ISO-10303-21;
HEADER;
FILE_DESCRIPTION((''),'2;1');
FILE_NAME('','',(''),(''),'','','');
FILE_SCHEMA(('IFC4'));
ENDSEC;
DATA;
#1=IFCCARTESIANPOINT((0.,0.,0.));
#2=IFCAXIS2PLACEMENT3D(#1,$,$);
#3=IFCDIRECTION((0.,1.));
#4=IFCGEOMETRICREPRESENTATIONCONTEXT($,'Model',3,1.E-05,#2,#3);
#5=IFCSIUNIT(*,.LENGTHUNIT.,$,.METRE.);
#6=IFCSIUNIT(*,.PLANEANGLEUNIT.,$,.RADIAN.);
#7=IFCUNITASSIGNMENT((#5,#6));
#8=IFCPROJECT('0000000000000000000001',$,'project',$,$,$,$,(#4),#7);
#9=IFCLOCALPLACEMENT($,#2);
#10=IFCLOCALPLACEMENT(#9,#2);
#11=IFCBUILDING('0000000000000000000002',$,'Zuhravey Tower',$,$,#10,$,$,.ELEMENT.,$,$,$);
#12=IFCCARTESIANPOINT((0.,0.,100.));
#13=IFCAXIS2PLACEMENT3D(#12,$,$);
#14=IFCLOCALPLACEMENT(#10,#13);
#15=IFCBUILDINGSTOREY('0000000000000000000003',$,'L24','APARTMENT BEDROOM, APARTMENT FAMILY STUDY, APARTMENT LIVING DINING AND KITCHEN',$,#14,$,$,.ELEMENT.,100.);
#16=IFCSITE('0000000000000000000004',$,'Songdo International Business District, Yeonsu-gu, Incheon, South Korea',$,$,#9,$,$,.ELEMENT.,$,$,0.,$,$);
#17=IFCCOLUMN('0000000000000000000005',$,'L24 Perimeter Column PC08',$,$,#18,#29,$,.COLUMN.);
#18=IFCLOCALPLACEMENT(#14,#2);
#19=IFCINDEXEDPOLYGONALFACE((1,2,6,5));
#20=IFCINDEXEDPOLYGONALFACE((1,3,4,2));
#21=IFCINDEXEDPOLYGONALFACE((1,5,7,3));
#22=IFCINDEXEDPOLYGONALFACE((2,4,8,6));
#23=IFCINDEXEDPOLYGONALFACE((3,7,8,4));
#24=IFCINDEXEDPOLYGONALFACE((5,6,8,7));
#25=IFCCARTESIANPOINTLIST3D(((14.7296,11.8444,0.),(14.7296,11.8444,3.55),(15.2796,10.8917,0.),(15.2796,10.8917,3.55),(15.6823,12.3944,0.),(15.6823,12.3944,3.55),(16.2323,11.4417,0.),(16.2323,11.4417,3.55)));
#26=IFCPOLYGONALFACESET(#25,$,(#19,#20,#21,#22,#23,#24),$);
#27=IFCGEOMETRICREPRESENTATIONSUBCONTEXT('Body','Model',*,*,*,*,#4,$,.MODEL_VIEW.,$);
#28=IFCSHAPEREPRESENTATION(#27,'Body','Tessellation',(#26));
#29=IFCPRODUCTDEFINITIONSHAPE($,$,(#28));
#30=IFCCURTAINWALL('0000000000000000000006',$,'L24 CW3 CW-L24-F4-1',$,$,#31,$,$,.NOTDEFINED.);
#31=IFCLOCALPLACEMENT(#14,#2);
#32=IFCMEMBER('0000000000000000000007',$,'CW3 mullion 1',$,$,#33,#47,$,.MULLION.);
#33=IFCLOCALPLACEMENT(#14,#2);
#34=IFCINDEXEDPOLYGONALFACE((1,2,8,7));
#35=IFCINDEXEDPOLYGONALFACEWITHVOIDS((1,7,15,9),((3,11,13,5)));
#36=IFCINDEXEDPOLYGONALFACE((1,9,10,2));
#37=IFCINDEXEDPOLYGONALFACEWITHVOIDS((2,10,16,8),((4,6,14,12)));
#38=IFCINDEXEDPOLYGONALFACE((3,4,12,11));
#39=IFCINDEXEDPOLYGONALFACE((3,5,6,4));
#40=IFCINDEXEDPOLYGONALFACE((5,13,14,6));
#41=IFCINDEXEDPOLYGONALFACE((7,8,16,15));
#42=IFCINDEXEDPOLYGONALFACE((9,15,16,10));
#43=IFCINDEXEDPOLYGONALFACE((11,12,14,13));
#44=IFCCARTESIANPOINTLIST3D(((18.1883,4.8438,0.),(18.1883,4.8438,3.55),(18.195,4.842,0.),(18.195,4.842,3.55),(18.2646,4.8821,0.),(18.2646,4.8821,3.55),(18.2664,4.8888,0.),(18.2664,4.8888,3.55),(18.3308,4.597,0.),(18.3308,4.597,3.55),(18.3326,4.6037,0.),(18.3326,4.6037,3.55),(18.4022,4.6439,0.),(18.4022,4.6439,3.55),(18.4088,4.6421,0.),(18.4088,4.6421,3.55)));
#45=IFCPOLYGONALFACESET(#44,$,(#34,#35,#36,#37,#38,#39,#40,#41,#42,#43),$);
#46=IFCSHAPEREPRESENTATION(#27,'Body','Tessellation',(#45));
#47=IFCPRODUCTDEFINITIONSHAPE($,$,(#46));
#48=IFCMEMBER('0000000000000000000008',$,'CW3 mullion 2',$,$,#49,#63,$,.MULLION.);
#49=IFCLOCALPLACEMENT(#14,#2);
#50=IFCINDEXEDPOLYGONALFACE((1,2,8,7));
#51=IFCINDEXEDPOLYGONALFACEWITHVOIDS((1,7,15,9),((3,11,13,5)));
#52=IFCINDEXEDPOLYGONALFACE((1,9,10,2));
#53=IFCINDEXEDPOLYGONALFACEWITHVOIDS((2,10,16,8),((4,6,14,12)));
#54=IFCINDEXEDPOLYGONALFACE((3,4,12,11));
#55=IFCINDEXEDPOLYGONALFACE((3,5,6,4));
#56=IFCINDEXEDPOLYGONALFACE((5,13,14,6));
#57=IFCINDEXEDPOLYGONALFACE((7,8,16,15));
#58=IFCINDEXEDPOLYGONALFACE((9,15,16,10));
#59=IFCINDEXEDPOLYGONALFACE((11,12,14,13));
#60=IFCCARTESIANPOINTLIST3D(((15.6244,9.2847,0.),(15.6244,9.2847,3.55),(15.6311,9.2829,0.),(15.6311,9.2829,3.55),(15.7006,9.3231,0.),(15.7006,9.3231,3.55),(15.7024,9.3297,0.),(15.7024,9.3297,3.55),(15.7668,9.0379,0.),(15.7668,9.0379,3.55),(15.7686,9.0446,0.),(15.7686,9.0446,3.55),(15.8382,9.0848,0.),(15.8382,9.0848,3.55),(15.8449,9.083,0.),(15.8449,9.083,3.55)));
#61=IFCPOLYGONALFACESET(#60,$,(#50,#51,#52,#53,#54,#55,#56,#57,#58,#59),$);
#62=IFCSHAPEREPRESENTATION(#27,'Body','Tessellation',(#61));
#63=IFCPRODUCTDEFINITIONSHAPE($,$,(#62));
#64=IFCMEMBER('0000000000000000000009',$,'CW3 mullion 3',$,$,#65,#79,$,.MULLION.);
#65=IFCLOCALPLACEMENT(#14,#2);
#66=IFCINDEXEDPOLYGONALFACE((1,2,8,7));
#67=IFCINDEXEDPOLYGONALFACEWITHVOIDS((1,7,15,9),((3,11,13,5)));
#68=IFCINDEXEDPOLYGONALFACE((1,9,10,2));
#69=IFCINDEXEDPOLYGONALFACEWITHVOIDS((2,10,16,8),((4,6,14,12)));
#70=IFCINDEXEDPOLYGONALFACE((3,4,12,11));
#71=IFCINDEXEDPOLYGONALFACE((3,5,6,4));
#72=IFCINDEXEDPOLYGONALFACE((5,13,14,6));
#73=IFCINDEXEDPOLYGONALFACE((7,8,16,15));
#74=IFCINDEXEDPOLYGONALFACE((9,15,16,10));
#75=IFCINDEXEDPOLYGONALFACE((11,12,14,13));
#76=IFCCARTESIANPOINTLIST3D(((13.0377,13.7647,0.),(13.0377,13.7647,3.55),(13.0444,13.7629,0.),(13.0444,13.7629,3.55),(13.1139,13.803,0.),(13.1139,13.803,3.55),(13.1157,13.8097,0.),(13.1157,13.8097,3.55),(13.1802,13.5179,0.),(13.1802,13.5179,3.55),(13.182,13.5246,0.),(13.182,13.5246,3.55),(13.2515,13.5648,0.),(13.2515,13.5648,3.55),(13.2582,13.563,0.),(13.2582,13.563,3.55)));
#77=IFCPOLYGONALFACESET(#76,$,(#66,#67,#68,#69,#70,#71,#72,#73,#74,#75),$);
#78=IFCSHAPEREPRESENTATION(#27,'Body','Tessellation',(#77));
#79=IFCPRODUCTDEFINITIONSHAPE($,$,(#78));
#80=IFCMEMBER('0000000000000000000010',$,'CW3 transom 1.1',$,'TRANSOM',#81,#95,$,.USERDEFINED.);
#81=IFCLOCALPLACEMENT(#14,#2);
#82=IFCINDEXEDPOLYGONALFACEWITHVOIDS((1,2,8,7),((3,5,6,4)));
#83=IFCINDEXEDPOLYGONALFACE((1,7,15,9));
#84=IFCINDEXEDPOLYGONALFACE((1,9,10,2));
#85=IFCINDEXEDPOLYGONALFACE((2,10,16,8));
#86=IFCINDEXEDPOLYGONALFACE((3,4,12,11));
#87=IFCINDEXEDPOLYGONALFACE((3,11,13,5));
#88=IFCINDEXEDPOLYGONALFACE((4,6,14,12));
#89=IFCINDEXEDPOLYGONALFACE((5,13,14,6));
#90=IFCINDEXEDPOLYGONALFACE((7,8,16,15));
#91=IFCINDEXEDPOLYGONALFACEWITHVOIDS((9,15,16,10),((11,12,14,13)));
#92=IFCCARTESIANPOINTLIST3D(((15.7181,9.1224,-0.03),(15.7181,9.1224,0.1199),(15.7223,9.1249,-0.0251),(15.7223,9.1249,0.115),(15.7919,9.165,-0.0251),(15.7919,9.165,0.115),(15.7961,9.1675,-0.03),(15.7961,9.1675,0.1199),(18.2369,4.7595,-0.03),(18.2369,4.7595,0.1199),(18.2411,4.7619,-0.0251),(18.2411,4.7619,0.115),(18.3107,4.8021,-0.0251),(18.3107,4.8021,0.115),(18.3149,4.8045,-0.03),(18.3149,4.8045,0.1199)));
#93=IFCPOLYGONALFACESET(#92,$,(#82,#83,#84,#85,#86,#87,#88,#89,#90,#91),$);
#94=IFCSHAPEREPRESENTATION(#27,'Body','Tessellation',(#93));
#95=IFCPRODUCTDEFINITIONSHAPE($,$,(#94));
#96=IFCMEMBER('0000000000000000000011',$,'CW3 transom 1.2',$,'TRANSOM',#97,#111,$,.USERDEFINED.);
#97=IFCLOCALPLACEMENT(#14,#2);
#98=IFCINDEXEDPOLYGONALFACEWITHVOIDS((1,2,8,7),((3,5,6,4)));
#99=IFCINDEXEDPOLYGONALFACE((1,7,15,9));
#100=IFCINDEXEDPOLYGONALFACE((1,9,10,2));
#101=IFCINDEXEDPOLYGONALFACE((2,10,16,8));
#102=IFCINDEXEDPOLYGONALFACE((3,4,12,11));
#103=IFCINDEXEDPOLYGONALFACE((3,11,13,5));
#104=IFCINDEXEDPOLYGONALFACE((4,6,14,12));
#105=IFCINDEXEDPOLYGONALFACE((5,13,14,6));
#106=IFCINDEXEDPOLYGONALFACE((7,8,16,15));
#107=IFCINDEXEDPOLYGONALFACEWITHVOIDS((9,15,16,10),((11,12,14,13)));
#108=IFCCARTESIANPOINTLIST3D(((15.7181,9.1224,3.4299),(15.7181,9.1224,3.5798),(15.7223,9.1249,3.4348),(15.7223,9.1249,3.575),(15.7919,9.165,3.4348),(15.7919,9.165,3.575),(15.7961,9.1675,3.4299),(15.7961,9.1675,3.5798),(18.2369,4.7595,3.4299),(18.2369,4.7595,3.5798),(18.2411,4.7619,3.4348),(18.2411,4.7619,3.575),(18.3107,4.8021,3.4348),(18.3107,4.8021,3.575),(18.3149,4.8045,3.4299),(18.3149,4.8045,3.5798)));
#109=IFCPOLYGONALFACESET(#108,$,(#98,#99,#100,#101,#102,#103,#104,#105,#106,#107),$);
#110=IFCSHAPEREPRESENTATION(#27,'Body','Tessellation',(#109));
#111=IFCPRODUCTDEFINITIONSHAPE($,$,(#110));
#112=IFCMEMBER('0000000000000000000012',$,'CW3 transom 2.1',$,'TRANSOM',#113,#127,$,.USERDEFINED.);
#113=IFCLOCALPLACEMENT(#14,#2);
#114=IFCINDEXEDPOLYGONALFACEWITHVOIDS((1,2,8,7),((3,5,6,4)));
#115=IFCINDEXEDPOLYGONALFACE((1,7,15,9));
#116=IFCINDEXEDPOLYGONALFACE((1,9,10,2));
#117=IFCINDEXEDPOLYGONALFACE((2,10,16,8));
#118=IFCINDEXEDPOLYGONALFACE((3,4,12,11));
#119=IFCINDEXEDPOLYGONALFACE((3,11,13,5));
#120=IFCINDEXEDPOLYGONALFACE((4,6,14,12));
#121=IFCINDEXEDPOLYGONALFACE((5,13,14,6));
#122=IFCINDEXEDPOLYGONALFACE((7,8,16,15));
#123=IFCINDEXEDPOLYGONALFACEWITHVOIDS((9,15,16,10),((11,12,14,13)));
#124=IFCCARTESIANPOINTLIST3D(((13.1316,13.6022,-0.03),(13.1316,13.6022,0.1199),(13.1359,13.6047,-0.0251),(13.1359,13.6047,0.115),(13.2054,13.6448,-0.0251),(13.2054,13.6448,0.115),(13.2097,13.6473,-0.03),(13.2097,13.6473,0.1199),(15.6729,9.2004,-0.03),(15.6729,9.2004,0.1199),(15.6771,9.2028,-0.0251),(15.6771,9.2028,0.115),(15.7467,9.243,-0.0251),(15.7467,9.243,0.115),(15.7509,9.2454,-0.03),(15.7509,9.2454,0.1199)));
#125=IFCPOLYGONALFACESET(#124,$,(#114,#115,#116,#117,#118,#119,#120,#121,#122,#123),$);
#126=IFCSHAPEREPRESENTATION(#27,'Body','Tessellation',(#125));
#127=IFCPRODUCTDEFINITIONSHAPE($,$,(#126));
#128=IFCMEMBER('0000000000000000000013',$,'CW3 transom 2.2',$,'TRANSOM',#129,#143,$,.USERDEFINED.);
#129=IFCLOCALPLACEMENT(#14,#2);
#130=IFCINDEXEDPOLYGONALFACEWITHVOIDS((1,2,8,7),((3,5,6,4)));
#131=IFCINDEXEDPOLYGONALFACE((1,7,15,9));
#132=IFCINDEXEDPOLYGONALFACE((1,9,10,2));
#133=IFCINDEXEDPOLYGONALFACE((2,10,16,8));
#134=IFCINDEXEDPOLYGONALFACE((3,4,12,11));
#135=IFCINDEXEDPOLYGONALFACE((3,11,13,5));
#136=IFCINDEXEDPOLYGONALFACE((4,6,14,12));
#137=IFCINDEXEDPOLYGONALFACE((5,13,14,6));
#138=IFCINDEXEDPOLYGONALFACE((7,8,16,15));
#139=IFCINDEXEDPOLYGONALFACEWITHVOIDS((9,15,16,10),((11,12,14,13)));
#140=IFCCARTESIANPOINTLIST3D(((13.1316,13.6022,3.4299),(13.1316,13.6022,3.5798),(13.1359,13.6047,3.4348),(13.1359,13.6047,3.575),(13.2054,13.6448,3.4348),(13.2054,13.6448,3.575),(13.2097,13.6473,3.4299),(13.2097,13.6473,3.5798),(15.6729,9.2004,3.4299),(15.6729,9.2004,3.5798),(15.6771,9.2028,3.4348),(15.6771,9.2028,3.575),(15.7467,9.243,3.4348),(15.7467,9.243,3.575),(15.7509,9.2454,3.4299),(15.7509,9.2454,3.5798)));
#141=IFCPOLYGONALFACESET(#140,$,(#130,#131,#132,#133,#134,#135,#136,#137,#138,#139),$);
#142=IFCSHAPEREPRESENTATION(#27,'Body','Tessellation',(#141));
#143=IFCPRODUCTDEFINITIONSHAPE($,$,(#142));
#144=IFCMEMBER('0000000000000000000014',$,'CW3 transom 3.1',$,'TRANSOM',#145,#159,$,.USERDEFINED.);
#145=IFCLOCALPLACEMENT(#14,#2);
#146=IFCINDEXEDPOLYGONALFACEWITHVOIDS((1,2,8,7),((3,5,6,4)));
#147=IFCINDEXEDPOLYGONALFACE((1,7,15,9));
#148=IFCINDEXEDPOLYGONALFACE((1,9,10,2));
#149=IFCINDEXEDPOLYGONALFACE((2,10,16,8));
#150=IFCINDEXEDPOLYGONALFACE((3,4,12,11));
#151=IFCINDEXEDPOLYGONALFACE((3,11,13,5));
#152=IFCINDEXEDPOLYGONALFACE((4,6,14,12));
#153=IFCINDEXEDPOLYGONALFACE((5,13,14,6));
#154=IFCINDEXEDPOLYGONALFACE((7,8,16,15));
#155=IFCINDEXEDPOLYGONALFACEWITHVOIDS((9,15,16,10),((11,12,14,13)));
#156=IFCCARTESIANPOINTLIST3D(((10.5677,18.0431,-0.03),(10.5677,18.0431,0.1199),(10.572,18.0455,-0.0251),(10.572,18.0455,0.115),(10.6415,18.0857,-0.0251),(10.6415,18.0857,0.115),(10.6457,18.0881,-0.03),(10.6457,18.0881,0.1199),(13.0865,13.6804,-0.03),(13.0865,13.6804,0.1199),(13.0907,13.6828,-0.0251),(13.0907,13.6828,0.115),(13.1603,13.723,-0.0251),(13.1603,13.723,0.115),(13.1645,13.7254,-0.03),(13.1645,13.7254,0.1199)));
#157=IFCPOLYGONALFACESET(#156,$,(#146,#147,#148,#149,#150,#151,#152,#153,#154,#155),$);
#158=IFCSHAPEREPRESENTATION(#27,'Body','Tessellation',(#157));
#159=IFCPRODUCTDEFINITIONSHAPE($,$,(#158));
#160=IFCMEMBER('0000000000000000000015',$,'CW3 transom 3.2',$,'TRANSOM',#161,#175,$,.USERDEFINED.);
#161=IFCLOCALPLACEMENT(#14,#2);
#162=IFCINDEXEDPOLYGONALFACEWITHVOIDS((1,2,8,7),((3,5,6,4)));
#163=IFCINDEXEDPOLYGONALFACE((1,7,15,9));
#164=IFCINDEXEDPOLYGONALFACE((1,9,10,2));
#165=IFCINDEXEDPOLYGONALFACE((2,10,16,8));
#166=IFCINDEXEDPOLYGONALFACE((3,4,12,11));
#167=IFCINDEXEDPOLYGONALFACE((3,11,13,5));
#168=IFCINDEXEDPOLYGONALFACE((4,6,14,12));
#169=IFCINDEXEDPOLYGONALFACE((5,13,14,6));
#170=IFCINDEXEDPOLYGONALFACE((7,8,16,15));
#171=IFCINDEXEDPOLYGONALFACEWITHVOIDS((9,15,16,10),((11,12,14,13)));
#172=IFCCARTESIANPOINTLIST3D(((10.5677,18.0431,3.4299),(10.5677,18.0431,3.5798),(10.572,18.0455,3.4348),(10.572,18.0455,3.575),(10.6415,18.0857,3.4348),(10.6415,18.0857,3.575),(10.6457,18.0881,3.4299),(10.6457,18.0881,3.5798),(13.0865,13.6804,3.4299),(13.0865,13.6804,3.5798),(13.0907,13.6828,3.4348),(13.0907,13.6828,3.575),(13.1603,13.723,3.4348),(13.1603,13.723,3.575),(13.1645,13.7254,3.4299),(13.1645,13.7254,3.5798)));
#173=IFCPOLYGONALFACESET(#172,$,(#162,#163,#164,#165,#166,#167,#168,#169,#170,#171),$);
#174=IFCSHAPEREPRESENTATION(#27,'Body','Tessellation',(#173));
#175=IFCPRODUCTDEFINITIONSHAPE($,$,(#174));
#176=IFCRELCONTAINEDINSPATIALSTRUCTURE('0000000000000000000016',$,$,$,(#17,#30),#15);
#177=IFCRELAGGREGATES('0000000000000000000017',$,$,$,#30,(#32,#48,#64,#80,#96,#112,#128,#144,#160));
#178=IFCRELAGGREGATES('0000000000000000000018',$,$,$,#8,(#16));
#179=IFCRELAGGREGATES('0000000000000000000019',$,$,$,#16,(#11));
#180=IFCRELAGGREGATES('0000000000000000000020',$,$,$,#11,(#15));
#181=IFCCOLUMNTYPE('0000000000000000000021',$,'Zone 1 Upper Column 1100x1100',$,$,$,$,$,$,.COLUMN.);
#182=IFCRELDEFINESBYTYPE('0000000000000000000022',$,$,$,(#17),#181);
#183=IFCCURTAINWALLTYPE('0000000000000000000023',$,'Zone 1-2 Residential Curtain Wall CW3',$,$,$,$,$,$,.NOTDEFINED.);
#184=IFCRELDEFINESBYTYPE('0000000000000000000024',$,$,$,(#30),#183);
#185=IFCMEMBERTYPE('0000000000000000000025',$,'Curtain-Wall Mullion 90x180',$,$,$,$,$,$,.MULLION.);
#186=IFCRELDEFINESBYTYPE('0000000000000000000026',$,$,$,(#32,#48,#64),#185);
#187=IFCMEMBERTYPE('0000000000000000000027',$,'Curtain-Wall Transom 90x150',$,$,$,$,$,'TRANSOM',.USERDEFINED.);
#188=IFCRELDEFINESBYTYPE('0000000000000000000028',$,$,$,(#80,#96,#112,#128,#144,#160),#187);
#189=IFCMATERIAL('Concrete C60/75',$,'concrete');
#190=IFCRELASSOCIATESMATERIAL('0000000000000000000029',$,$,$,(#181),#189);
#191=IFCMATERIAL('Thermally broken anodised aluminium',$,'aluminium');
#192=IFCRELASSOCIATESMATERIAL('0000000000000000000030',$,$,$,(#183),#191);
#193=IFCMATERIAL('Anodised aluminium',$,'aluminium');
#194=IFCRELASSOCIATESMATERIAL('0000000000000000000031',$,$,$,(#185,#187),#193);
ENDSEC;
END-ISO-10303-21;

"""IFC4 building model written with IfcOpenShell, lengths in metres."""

from ifc_helpers import new_model, si_unit, direction, frame, origin, origin_2d, place, context, subcontext, project, spatial, rectangle, hollow_rectangle, extrude, material, material_profile, profile_set, type_object, element, aggregate, save


model = new_model("IFC4")

# Units and contexts
model_context = context("Model", 3, precision=1e-05, world=origin(), true_north=direction((0.0, 1.0)))
body_context = subcontext(model_context, "Body", "Model", "MODEL_VIEW")
ifc_project = project(units=[si_unit("LENGTHUNIT", "METRE"), si_unit("PLANEANGLEUNIT", "RADIAN")], contexts=[model_context])

# Site, building, storey
site_placement = place(None, origin())
site = spatial("IfcSite", under=ifc_project, at=site_placement, Name="Songdo International Business District, Yeonsu-gu, Incheon, South Korea", CompositionType="ELEMENT", RefElevation=0.0)
building_placement = place(site_placement, origin())
building = spatial("IfcBuilding", under=site, at=building_placement, Name="Zuhravey Tower", CompositionType="ELEMENT")
storey_placement = place(building_placement, frame((0.0, 0.0, 100.0)))
storey = spatial("IfcBuildingStorey", under=building, at=storey_placement, Name="L24", Description="APARTMENT BEDROOM, APARTMENT FAMILY STUDY, APARTMENT LIVING DINING AND KITCHEN", CompositionType="ELEMENT", Elevation=100.0)

# Column
ifc_material_1 = material(Name="Concrete C60/75", Category="concrete")
ifc_material_profile_1 = material_profile(ifc_material_1, rectangle(XDim=1.1001, YDim=1.1001, at=origin_2d()), Name="RC-1100x1100")
ifc_profile_set_1 = profile_set([ifc_material_profile_1], Name="Concrete C60/75")
column_type = type_object("IfcColumnType", Name="Zone 1 Upper Column 1100x1100", PredefinedType="COLUMN", material=ifc_profile_set_1)
column_placement = place(storey_placement, frame((15.481, 11.6431, 0.0), z_axis=(0.0, 0.0, 1.0), x_axis=(0.5, -0.866025, 0.0)))
element("IfcColumn", 1, at=column_placement, inside=storey, type_object=column_type, Name="L24 Perimeter Column PC08", PredefinedType="COLUMN", context=body_context, shape_type="SweptSolid", body=[
    extrude(rectangle(XDim=1.1001, YDim=1.1001, at=origin_2d()), origin(), (0.0, 0.0, 1.0), 3.55),
])

# Curtain wall, members
ifc_material_2 = material(Name="Thermally broken anodised aluminium", Category="aluminium")
curtain_wall_type = type_object("IfcCurtainWallType", Name="Zone 1-2 Residential Curtain Wall CW3", PredefinedType="NOTDEFINED", material=ifc_material_2)
curtain_wall_placement = place(storey_placement, origin())
curtain_wall = element("IfcCurtainWall", 2, at=curtain_wall_placement, inside=storey, type_object=curtain_wall_type, Name="L24 CW3 CW-L24-F4-1", PredefinedType="NOTDEFINED")
ifc_material_3 = material(Name="Anodised aluminium", Category="aluminium")
ifc_material_profile_2 = material_profile(ifc_material_3, hollow_rectangle(XDim=0.0901, YDim=0.2849, WallThickness=0.0049, at=origin_2d()), Name="ALU-RHS-90x285x5")
ifc_profile_set_2 = profile_set([ifc_material_profile_2], Name="Anodised aluminium")
member_type_1 = type_object("IfcMemberType", Name="Curtain-Wall Mullion 90x180", PredefinedType="MULLION", material=ifc_profile_set_2)
member_1_placement = place(storey_placement, frame((18.2986, 4.7429, 0.0), z_axis=(0.0, 0.0, 1.0), x_axis=(-0.866026, -0.499999, 0.0)))
member_1 = element("IfcMember", 3, at=member_1_placement, type_object=member_type_1, Name="CW3 mullion 1", PredefinedType="MULLION", context=body_context, shape_type="SweptSolid", body=[
    extrude(hollow_rectangle(XDim=0.0901, YDim=0.2849, WallThickness=0.0049, at=origin_2d()), origin(), (0.0, 0.0, 1.0), 3.55),
])
member_2_placement = place(storey_placement, frame((15.7346, 9.1838, 0.0), z_axis=(0.0, 0.0, 1.0), x_axis=(-0.866026, -0.499999, 0.0)))
member_2 = element("IfcMember", 4, at=member_2_placement, type_object=member_type_1, Name="CW3 mullion 2", PredefinedType="MULLION", context=body_context, shape_type="SweptSolid", body=[
    extrude(hollow_rectangle(XDim=0.0901, YDim=0.2849, WallThickness=0.0049, at=origin_2d()), origin(), (0.0, 0.0, 1.0), 3.55),
])
member_3_placement = place(storey_placement, frame((13.1479, 13.6638, 0.0), z_axis=(0.0, 0.0, 1.0), x_axis=(-0.866026, -0.499999, 0.0)))
member_3 = element("IfcMember", 5, at=member_3_placement, type_object=member_type_1, Name="CW3 mullion 3", PredefinedType="MULLION", context=body_context, shape_type="SweptSolid", body=[
    extrude(hollow_rectangle(XDim=0.0901, YDim=0.2849, WallThickness=0.0049, at=origin_2d()), origin(), (0.0, 0.0, 1.0), 3.55),
])
ifc_material_profile_3 = material_profile(ifc_material_3, hollow_rectangle(XDim=0.0901, YDim=0.1499, WallThickness=0.0049, at=origin_2d()), Name="ALU-RHS-90x150x5")
ifc_profile_set_3 = profile_set([ifc_material_profile_3], Name="Anodised aluminium")
member_type_2 = type_object("IfcMemberType", Name="Curtain-Wall Transom 90x150", ElementType="TRANSOM", PredefinedType="USERDEFINED", material=ifc_profile_set_3)
member_4_placement = place(storey_placement, frame((18.2759, 4.782, 0.0449), z_axis=(-0.49997, 0.866043, 0.0), x_axis=(-0.866043, -0.49997, 0.0)))
member_4 = element("IfcMember", 6, at=member_4_placement, type_object=member_type_2, Name="CW3 transom 1.1", ObjectType="TRANSOM", PredefinedType="USERDEFINED", context=body_context, shape_type="SweptSolid", body=[
    extrude(hollow_rectangle(XDim=0.0901, YDim=0.1499, WallThickness=0.0049, at=origin_2d()), origin(), (0.0, 0.0, 1.0), 5.0378),
])
member_5_placement = place(storey_placement, frame((18.2759, 4.782, 3.5049), z_axis=(-0.49997, 0.866043, 0.0), x_axis=(-0.866043, -0.49997, 0.0)))
member_5 = element("IfcMember", 7, at=member_5_placement, type_object=member_type_2, Name="CW3 transom 1.2", ObjectType="TRANSOM", PredefinedType="USERDEFINED", context=body_context, shape_type="SweptSolid", body=[
    extrude(hollow_rectangle(XDim=0.0901, YDim=0.1499, WallThickness=0.0049, at=origin_2d()), origin(), (0.0, 0.0, 1.0), 5.0378),
])
member_6_placement = place(storey_placement, frame((15.7119, 9.2229, 0.0449), z_axis=(-0.499977, 0.866038, 0.0), x_axis=(-0.866038, -0.499977, 0.0)))
member_6 = element("IfcMember", 8, at=member_6_placement, type_object=member_type_2, Name="CW3 transom 2.1", ObjectType="TRANSOM", PredefinedType="USERDEFINED", context=body_context, shape_type="SweptSolid", body=[
    extrude(hollow_rectangle(XDim=0.0901, YDim=0.1499, WallThickness=0.0049, at=origin_2d()), origin(), (0.0, 0.0, 1.0), 5.0828),
])
member_7_placement = place(storey_placement, frame((15.7119, 9.2229, 3.5049), z_axis=(-0.499977, 0.866038, 0.0), x_axis=(-0.866038, -0.499977, 0.0)))
member_7 = element("IfcMember", 9, at=member_7_placement, type_object=member_type_2, Name="CW3 transom 2.2", ObjectType="TRANSOM", PredefinedType="USERDEFINED", context=body_context, shape_type="SweptSolid", body=[
    extrude(hollow_rectangle(XDim=0.0901, YDim=0.1499, WallThickness=0.0049, at=origin_2d()), origin(), (0.0, 0.0, 1.0), 5.0828),
])
member_8_placement = place(storey_placement, frame((13.1255, 13.7029, 0.0449), z_axis=(-0.499991, 0.866031, 0.0), x_axis=(-0.866031, -0.499991, 0.0)))
member_8 = element("IfcMember", 10, at=member_8_placement, type_object=member_type_2, Name="CW3 transom 3.1", ObjectType="TRANSOM", PredefinedType="USERDEFINED", context=body_context, shape_type="SweptSolid", body=[
    extrude(hollow_rectangle(XDim=0.0901, YDim=0.1499, WallThickness=0.0049, at=origin_2d()), origin(), (0.0, 0.0, 1.0), 5.0376),
])
member_9_placement = place(storey_placement, frame((13.1255, 13.7029, 3.5049), z_axis=(-0.499991, 0.866031, 0.0), x_axis=(-0.866031, -0.499991, 0.0)))
member_9 = element("IfcMember", 11, at=member_9_placement, type_object=member_type_2, Name="CW3 transom 3.2", ObjectType="TRANSOM", PredefinedType="USERDEFINED", context=body_context, shape_type="SweptSolid", body=[
    extrude(hollow_rectangle(XDim=0.0901, YDim=0.1499, WallThickness=0.0049, at=origin_2d()), origin(), (0.0, 0.0, 1.0), 5.0376),
])

aggregate(curtain_wall, [member_1, member_2, member_3, member_4, member_5, member_6, member_7, member_8, member_9])

save(model, "model.ifc")
